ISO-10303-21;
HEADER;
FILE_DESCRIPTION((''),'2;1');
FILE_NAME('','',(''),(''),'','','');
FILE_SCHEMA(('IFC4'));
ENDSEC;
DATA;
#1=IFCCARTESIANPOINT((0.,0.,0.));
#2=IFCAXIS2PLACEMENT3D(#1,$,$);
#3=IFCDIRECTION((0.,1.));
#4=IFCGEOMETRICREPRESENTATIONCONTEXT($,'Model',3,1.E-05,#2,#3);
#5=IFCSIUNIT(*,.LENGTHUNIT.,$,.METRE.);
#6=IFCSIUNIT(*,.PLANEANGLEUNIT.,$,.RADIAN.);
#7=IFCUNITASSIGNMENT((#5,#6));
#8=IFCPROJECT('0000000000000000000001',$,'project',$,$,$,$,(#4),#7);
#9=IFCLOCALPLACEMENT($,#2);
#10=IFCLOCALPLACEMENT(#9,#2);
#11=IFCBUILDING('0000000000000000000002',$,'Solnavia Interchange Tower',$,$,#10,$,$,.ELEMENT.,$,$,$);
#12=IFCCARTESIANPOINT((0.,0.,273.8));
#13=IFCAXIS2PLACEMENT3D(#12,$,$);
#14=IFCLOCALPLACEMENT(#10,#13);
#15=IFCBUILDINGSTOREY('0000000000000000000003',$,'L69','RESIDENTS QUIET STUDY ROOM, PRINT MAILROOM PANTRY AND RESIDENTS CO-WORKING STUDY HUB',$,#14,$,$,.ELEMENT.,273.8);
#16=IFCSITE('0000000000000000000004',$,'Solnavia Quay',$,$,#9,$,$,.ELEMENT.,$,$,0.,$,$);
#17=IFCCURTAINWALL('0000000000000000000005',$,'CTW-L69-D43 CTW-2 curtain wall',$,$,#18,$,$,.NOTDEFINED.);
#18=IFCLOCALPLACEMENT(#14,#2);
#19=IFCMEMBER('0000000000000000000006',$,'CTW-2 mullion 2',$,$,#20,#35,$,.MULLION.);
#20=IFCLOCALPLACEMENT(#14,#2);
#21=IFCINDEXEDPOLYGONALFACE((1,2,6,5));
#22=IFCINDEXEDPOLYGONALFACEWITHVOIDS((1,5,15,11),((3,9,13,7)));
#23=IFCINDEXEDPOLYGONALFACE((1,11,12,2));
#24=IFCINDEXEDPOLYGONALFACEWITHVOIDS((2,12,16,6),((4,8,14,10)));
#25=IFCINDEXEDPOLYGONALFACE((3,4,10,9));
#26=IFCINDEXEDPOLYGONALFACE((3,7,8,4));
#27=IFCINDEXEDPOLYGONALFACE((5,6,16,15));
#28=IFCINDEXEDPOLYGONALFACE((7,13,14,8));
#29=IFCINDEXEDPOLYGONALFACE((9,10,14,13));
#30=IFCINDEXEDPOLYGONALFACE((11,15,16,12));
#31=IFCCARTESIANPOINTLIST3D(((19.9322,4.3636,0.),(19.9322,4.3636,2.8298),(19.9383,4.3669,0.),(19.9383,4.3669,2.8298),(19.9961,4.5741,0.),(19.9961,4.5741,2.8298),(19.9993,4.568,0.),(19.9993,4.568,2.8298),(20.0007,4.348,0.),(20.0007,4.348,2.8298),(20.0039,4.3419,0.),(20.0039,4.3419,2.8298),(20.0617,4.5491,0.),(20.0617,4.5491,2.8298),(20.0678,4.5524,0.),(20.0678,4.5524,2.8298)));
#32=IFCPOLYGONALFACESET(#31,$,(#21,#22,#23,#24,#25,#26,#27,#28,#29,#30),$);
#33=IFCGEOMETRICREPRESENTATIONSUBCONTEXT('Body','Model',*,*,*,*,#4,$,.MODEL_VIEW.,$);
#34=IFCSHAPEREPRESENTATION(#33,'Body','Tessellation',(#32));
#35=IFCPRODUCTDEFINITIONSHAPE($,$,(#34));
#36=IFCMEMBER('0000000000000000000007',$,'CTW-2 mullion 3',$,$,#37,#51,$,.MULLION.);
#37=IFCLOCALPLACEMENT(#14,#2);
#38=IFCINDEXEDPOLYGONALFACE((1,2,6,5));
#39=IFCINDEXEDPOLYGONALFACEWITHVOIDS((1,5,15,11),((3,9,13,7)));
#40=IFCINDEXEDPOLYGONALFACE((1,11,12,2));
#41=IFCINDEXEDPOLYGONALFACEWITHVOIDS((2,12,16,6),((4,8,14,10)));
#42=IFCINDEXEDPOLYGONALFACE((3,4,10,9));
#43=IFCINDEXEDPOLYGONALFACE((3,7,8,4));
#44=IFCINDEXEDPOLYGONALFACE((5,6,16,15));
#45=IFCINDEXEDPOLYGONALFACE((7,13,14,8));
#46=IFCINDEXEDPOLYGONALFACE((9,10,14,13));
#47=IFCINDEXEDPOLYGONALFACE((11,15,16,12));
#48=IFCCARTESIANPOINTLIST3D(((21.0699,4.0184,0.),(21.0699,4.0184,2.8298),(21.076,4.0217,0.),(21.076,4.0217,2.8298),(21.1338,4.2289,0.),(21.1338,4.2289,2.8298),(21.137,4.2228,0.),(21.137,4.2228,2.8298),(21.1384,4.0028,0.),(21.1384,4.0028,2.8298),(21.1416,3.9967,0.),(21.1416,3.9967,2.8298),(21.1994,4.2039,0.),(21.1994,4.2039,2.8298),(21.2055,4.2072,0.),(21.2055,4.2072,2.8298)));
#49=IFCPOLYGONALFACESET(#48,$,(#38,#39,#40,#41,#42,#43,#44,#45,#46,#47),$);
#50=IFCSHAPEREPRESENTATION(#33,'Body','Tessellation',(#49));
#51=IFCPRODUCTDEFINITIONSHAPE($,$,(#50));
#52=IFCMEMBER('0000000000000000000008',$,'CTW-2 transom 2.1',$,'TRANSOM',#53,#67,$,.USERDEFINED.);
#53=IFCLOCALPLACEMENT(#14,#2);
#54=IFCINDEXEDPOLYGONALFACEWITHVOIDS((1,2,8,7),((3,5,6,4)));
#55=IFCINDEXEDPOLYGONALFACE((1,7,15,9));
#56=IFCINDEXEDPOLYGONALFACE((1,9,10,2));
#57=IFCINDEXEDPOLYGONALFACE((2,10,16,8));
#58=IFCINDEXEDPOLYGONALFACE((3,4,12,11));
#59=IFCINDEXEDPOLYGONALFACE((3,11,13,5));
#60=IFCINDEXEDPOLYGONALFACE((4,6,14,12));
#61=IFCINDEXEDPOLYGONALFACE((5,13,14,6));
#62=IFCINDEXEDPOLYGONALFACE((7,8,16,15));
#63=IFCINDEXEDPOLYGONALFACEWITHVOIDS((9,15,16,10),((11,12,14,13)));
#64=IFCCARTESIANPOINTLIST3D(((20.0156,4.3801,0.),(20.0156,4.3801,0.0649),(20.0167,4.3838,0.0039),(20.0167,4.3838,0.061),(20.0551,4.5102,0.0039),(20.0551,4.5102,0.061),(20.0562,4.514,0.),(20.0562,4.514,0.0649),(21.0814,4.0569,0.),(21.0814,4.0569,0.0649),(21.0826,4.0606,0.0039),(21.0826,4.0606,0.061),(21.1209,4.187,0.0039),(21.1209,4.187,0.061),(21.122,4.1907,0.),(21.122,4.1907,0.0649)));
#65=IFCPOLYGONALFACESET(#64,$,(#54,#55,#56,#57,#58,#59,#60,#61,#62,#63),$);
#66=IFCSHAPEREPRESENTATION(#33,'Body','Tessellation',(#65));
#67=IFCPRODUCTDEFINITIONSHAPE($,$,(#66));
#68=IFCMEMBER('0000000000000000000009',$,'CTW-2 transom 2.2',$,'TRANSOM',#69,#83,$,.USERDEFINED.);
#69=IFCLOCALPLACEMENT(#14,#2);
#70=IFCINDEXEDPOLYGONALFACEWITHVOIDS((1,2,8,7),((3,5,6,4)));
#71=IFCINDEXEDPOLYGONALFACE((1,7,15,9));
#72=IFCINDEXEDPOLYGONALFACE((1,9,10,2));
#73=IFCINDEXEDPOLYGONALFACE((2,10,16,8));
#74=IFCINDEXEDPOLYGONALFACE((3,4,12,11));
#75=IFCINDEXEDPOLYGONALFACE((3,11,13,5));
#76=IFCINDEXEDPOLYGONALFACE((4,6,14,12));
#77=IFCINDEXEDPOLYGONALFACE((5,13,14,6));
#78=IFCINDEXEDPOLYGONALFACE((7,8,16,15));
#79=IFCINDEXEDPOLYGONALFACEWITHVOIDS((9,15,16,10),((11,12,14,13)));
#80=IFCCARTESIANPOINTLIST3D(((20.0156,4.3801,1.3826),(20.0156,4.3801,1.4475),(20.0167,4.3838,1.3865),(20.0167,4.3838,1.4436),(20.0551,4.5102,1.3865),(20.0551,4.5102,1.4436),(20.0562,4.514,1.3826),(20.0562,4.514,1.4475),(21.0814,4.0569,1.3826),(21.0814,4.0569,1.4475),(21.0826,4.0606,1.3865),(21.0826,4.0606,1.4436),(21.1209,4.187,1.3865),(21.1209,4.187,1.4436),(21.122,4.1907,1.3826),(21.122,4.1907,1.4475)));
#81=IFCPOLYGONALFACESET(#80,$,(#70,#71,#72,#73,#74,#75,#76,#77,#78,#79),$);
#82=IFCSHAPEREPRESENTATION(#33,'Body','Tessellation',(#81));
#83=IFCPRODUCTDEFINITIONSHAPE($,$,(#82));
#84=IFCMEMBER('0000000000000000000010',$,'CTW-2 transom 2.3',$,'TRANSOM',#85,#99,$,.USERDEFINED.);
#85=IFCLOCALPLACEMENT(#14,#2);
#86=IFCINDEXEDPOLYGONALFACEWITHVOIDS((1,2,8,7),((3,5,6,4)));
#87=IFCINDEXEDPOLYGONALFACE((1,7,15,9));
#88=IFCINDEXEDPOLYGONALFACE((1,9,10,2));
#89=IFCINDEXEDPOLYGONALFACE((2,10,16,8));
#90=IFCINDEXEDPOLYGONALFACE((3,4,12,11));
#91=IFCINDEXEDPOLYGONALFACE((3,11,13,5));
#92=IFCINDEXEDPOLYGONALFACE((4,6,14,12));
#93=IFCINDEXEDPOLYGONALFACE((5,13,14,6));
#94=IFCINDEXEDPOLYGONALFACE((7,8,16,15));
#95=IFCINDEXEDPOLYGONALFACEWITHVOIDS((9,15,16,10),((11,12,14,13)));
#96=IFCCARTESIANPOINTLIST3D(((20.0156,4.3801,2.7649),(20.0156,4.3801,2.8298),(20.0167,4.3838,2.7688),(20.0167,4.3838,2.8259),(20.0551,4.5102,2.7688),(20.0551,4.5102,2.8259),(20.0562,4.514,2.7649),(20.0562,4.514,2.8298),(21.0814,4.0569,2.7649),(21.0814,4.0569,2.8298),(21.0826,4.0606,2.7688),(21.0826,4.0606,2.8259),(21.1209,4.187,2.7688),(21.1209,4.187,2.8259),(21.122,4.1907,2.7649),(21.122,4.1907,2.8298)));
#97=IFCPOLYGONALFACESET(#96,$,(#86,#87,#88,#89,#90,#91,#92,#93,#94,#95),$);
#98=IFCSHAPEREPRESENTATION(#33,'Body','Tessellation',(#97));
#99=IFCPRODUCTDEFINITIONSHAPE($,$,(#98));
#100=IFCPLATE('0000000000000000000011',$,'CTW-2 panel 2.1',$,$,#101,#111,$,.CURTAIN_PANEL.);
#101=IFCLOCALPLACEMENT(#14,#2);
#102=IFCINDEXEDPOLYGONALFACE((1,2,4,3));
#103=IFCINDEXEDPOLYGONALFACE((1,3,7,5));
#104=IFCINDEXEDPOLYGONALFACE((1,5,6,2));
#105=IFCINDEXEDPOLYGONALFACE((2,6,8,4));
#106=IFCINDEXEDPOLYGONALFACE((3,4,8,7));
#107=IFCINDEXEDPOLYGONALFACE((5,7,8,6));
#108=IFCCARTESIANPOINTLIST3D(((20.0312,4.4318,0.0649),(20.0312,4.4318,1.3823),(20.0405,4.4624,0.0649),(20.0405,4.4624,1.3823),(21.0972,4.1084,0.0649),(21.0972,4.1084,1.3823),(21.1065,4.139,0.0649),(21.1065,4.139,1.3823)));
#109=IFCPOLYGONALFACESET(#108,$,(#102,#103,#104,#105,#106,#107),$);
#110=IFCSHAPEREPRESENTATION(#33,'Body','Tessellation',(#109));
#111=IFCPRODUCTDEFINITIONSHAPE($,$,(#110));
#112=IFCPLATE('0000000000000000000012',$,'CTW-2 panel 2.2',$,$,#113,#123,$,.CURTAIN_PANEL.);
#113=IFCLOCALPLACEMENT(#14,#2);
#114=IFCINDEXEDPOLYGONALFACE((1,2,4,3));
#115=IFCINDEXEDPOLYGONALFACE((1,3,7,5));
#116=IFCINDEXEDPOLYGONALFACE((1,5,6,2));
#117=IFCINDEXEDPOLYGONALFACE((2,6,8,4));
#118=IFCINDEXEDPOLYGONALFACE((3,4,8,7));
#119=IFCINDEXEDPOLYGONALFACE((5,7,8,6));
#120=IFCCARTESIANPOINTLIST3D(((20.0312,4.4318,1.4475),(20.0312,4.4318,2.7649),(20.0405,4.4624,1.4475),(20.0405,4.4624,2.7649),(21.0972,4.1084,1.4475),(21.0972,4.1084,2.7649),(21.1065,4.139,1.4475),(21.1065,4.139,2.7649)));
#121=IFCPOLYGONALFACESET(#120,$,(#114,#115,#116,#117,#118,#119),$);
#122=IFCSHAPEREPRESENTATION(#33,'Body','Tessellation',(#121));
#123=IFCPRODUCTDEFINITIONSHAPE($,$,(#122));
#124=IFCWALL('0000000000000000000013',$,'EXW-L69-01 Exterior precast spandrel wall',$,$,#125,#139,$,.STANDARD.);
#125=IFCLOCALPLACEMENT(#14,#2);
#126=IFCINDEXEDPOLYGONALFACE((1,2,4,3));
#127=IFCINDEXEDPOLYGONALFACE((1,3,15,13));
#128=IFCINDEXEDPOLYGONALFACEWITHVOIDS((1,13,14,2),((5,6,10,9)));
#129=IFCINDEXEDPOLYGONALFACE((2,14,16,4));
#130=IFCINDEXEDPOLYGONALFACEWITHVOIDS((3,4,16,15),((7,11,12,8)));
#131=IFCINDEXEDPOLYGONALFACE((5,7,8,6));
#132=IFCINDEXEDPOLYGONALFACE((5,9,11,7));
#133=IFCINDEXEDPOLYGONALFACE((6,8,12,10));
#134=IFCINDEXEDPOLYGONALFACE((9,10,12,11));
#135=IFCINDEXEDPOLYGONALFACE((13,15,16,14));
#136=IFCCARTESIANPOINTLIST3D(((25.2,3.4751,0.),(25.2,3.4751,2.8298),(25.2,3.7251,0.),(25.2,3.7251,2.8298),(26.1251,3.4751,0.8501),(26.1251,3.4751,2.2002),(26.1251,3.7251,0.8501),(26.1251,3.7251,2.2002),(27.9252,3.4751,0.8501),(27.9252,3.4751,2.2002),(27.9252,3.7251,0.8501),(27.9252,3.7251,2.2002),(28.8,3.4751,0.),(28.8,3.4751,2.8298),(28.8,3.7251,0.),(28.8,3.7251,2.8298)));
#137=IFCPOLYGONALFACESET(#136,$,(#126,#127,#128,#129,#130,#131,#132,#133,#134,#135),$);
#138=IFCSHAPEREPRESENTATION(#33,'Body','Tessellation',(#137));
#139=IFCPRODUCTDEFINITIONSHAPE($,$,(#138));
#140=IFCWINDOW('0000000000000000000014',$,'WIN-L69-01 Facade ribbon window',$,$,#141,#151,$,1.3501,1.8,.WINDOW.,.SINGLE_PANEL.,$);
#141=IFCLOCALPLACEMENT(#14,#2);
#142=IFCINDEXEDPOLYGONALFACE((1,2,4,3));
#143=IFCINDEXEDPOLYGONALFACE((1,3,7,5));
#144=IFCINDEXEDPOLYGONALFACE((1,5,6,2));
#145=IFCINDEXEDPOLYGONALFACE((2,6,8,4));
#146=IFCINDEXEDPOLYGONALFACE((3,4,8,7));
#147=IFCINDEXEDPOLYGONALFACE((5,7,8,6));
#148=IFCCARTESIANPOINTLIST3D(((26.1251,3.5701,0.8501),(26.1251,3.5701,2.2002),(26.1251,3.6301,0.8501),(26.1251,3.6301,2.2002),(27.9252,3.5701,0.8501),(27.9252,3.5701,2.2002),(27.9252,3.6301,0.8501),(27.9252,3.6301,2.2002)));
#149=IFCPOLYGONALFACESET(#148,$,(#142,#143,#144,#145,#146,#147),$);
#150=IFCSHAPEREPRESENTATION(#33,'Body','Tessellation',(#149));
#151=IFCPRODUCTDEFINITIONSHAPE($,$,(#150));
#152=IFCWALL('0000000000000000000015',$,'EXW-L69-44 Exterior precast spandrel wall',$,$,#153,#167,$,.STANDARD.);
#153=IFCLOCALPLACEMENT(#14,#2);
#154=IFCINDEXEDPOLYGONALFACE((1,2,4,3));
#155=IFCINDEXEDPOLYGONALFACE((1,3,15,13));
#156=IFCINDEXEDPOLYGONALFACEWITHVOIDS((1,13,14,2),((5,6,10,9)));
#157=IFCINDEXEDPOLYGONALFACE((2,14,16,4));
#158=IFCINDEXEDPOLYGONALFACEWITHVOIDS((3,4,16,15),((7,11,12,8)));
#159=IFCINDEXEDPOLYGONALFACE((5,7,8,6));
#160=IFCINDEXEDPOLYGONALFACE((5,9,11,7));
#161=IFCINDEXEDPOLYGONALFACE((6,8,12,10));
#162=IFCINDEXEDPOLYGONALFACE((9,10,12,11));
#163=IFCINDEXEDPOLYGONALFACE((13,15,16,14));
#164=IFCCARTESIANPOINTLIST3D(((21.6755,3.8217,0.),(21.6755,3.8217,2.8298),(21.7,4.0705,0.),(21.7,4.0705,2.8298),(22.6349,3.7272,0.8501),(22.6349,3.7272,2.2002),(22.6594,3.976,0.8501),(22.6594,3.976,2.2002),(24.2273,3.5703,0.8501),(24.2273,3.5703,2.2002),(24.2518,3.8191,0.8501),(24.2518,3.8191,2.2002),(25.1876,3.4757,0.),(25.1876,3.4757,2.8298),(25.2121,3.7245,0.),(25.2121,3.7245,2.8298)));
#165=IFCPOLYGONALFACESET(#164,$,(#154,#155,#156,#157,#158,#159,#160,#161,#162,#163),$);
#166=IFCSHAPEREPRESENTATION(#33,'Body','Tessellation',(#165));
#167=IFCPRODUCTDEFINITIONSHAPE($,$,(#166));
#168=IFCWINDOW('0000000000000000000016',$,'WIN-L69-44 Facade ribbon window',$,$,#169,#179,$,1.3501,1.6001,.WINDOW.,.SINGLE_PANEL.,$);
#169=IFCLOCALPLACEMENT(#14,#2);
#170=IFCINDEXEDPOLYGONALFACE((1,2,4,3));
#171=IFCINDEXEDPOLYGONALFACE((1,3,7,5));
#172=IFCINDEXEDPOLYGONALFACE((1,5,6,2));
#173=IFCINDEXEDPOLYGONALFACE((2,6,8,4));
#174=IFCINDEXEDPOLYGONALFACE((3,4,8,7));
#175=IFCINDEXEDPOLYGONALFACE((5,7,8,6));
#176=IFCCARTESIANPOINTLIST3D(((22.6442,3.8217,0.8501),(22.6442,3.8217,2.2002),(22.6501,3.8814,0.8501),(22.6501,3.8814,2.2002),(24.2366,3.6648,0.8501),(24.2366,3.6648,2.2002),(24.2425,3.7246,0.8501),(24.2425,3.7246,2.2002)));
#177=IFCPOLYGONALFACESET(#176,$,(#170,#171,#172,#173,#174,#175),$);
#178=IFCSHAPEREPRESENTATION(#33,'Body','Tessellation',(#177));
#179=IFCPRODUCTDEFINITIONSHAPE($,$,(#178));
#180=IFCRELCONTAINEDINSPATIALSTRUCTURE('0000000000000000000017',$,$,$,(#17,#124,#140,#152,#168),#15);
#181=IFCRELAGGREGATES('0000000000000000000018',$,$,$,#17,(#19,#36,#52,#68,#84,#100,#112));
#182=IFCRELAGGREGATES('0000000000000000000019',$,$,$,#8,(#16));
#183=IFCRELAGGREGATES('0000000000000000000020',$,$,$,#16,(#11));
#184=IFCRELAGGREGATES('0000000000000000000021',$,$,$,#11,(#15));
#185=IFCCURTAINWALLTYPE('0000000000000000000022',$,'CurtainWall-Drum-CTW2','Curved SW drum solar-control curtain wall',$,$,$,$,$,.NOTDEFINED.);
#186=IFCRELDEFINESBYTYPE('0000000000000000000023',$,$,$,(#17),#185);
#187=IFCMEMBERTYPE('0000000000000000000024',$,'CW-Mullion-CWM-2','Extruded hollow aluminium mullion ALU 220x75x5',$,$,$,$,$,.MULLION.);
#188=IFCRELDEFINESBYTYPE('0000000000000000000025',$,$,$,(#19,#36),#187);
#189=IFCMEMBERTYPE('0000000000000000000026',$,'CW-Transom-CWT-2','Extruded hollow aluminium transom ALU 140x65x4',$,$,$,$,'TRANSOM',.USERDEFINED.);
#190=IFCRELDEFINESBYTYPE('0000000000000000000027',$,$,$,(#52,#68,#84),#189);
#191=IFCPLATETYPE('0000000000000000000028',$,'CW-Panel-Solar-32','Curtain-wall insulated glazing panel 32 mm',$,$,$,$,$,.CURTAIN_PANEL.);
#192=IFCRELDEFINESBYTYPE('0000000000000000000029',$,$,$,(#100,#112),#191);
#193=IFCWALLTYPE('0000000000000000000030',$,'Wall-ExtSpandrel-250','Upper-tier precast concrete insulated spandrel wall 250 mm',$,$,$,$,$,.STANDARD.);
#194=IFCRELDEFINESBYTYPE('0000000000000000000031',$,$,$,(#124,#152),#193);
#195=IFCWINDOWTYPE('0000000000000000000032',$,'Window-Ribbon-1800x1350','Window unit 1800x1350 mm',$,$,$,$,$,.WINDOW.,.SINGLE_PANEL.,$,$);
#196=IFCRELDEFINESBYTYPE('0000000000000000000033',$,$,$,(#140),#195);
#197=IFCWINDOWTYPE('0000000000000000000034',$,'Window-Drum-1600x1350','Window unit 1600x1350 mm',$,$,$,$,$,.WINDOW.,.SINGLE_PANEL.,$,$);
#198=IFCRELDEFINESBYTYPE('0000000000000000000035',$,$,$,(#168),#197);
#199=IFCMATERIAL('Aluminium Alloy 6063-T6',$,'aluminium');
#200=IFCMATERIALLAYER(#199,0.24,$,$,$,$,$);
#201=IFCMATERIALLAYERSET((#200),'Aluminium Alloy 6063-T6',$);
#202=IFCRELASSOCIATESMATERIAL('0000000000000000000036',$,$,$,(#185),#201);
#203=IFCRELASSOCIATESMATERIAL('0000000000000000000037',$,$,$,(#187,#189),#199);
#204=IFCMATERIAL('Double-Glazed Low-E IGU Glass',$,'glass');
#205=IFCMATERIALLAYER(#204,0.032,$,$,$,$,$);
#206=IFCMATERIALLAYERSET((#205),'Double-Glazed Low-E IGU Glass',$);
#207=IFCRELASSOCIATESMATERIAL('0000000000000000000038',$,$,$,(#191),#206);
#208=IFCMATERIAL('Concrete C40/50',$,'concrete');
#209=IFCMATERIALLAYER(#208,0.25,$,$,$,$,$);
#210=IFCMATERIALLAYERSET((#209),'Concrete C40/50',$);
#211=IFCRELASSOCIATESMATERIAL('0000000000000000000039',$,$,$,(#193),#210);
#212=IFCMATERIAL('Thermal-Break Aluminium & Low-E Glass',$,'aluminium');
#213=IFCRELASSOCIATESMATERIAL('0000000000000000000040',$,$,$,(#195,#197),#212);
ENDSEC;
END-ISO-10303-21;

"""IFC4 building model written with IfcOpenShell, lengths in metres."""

from ifc_helpers import new_model, si_unit, direction, frame, frame_2d, origin, origin_2d, place, context, subcontext, project, spatial, rectangle, hollow_rectangle, extrude, material, layer, layer_set, material_profile, profile_set, type_object, element, fill, aggregate, save


model = new_model("IFC4")

# Units and contexts
model_context = context("Model", 3, precision=1e-05, world=origin(), true_north=direction((0.0, 1.0)))
body_context = subcontext(model_context, "Body", "Model", "MODEL_VIEW")
ifc_project = project(units=[si_unit("LENGTHUNIT", "METRE"), si_unit("PLANEANGLEUNIT", "RADIAN")], contexts=[model_context])

# Site, building, storey
site_placement = place(None, origin())
site = spatial("IfcSite", under=ifc_project, at=site_placement, Name="Solnavia Quay", CompositionType="ELEMENT", RefElevation=0.0)
building_placement = place(site_placement, origin())
building = spatial("IfcBuilding", under=site, at=building_placement, Name="Solnavia Interchange Tower", CompositionType="ELEMENT")
storey_placement = place(building_placement, frame((0.0, 0.0, 273.8)))
storey = spatial("IfcBuildingStorey", under=building, at=storey_placement, Name="L69", Description="RESIDENTS QUIET STUDY ROOM, PRINT MAILROOM PANTRY AND RESIDENTS CO-WORKING STUDY HUB", CompositionType="ELEMENT", Elevation=273.8)

# Curtain wall, members, plates
ifc_material_1 = material(Name="Aluminium Alloy 6063-T6", Category="aluminium")
ifc_layer_1 = layer(ifc_material_1, 0.24)
ifc_layer_set_1 = layer_set([ifc_layer_1], Name="Aluminium Alloy 6063-T6")
curtain_wall_type = type_object("IfcCurtainWallType", Name="CurtainWall-Drum-CTW2", Description="Curved SW drum solar-control curtain wall", PredefinedType="NOTDEFINED", material=ifc_layer_set_1)
curtain_wall_placement = place(storey_placement, origin())
curtain_wall = element("IfcCurtainWall", 1, at=curtain_wall_placement, inside=storey, type_object=curtain_wall_type, Name="CTW-L69-D43 CTW-2 curtain wall", PredefinedType="NOTDEFINED")
ifc_material_profile_1 = material_profile(ifc_material_1, hollow_rectangle(XDim=0.075, YDim=0.22, WallThickness=0.0049, at=origin_2d()), Name="ALU 220x75x5")
ifc_profile_set_1 = profile_set([ifc_material_profile_1], Name="Aluminium Alloy 6063-T6")
member_type_1 = type_object("IfcMemberType", Name="CW-Mullion-CWM-2", Description="Extruded hollow aluminium mullion ALU 220x75x5", PredefinedType="MULLION", material=ifc_profile_set_1)
member_1_placement = place(storey_placement, frame((20.0, 4.458, 0.0), z_axis=(0.0, 0.0, 1.0), x_axis=(0.956942, -0.290279, 0.0)))
member_1 = element("IfcMember", 2, at=member_1_placement, type_object=member_type_1, Name="CTW-2 mullion 2", PredefinedType="MULLION", context=body_context, shape_type="SweptSolid", body=[
    extrude(hollow_rectangle(XDim=0.075, YDim=0.22, WallThickness=0.0049, at=origin_2d()), origin(), (0.0, 0.0, 1.0), 2.8298),
])
member_2_placement = place(storey_placement, frame((21.1377, 4.1128, 0.0), z_axis=(0.0, 0.0, 1.0), x_axis=(0.956942, -0.290279, 0.0)))
member_2 = element("IfcMember", 3, at=member_2_placement, type_object=member_type_1, Name="CTW-2 mullion 3", PredefinedType="MULLION", context=body_context, shape_type="SweptSolid", body=[
    extrude(hollow_rectangle(XDim=0.075, YDim=0.22, WallThickness=0.0049, at=origin_2d()), origin(), (0.0, 0.0, 1.0), 2.8298),
])
ifc_material_profile_2 = material_profile(ifc_material_1, hollow_rectangle(XDim=0.0649, YDim=0.1399, WallThickness=0.0039, at=origin_2d()), Name="ALU 140x65x4")
ifc_profile_set_2 = profile_set([ifc_material_profile_2], Name="Aluminium Alloy 6063-T6")
member_type_2 = type_object("IfcMemberType", Name="CW-Transom-CWT-2", Description="Extruded hollow aluminium transom ALU 140x65x4", ElementType="TRANSOM", PredefinedType="USERDEFINED", material=ifc_profile_set_2)
member_3_placement = place(storey_placement, frame((20.0359, 4.447, 0.0325), z_axis=(0.956965, -0.290202, 0.0), x_axis=(0.0, 0.0, 1.0)))
member_3 = element("IfcMember", 4, at=member_3_placement, type_object=member_type_2, Name="CTW-2 transom 2.1", ObjectType="TRANSOM", PredefinedType="USERDEFINED", context=body_context, shape_type="SweptSolid", body=[
    extrude(hollow_rectangle(XDim=0.0649, YDim=0.1399, WallThickness=0.0039, at=origin_2d()), origin(), (0.0, 0.0, 1.0), 1.1138),
])
member_4_placement = place(storey_placement, frame((20.0359, 4.447, 1.415), z_axis=(0.956965, -0.290202, 0.0), x_axis=(0.0, 0.0, 1.0)))
member_4 = element("IfcMember", 5, at=member_4_placement, type_object=member_type_2, Name="CTW-2 transom 2.2", ObjectType="TRANSOM", PredefinedType="USERDEFINED", context=body_context, shape_type="SweptSolid", body=[
    extrude(hollow_rectangle(XDim=0.0649, YDim=0.1399, WallThickness=0.0039, at=origin_2d()), origin(), (0.0, 0.0, 1.0), 1.1138),
])
member_5_placement = place(storey_placement, frame((20.0359, 4.447, 2.7974), z_axis=(0.956965, -0.290202, 0.0), x_axis=(0.0, 0.0, 1.0)))
member_5 = element("IfcMember", 6, at=member_5_placement, type_object=member_type_2, Name="CTW-2 transom 2.3", ObjectType="TRANSOM", PredefinedType="USERDEFINED", context=body_context, shape_type="SweptSolid", body=[
    extrude(hollow_rectangle(XDim=0.0649, YDim=0.1399, WallThickness=0.0039, at=origin_2d()), origin(), (0.0, 0.0, 1.0), 1.1138),
])
ifc_material_2 = material(Name="Double-Glazed Low-E IGU Glass", Category="glass")
ifc_layer_2 = layer(ifc_material_2, 0.032)
ifc_layer_set_2 = layer_set([ifc_layer_2], Name="Double-Glazed Low-E IGU Glass")
plate_type = type_object("IfcPlateType", Name="CW-Panel-Solar-32", Description="Curtain-wall insulated glazing panel 32 mm", PredefinedType="CURTAIN_PANEL", material=ifc_layer_set_2)
plate_1_placement = place(storey_placement, frame((20.5688, 4.2854, 0.0649), z_axis=(0.0, 0.0, 1.0), x_axis=(0.956942, -0.290279, 0.0)))
plate_1 = element("IfcPlate", 7, at=plate_1_placement, type_object=plate_type, Name="CTW-2 panel 2.1", PredefinedType="CURTAIN_PANEL", context=body_context, shape_type="SweptSolid", body=[
    extrude(rectangle(XDim=1.114, YDim=0.032, at=origin_2d()), origin(), (0.0, 0.0, 1.0), 1.3174),
])
plate_2_placement = place(storey_placement, frame((20.5688, 4.2854, 1.4475), z_axis=(0.0, 0.0, 1.0), x_axis=(0.956942, -0.290279, 0.0)))
plate_2 = element("IfcPlate", 8, at=plate_2_placement, type_object=plate_type, Name="CTW-2 panel 2.2", PredefinedType="CURTAIN_PANEL", context=body_context, shape_type="SweptSolid", body=[
    extrude(rectangle(XDim=1.114, YDim=0.032, at=origin_2d()), origin(), (0.0, 0.0, 1.0), 1.3174),
])
aggregate(curtain_wall, [member_1, member_2, member_3, member_4, member_5, plate_1, plate_2])

# Walls, openings, windows
ifc_material_3 = material(Name="Concrete C40/50", Category="concrete")
ifc_layer_3 = layer(ifc_material_3, 0.25)
ifc_layer_set_3 = layer_set([ifc_layer_3], Name="Concrete C40/50")
wall_type = type_object("IfcWallType", Name="Wall-ExtSpandrel-250", Description="Upper-tier precast concrete insulated spandrel wall 250 mm", PredefinedType="STANDARD", material=ifc_layer_set_3)
wall_1_placement = place(storey_placement, frame((28.8, 3.6001, 0.0), z_axis=(0.0, 0.0, 1.0), x_axis=(-1.0, 0.0, 0.0)))
wall_1 = element("IfcWall", 9, at=wall_1_placement, inside=storey, type_object=wall_type, Name="EXW-L69-01 Exterior precast spandrel wall", PredefinedType="STANDARD", context=body_context, shape_type="SweptSolid", body=[
    extrude(rectangle(XDim=3.6001, YDim=0.25, at=frame_2d((1.8, 0.0))), origin(), (0.0, 0.0, 1.0), 2.8298),
])
opening_1_placement = place(wall_1_placement, frame((0.875, 0.0, 0.8501)))
opening_1 = element("IfcOpeningElement", 10, at=opening_1_placement, cuts=wall_1, PredefinedType="OPENING", context=body_context, shape_type="SweptSolid", body=[
    extrude(rectangle(XDim=1.8, YDim=1.3501, at=frame_2d((0.8999, 0.675))), frame((0.0, 0.135, 0.0), z_axis=(0.0, -1.0, 0.0), x_axis=(1.0, 0.0, 0.0)), (0.0, 0.0, 1.0), 0.27),
])
ifc_material_4 = material(Name="Thermal-Break Aluminium & Low-E Glass", Category="aluminium")
window_type_1 = type_object("IfcWindowType", Name="Window-Ribbon-1800x1350", Description="Window unit 1800x1350 mm", PartitioningType="SINGLE_PANEL", PredefinedType="WINDOW", material=ifc_material_4)
window_1_placement = place(opening_1_placement, origin())
window_1 = element("IfcWindow", 11, at=window_1_placement, inside=storey, type_object=window_type_1, Name="WIN-L69-01 Facade ribbon window", OverallHeight=1.3501, OverallWidth=1.8, PartitioningType="SINGLE_PANEL", PredefinedType="WINDOW", context=body_context, shape_type="SweptSolid", body=[
    extrude(rectangle(XDim=1.8, YDim=1.3501, at=frame_2d((0.8999, 0.675))), frame((0.0, 0.03, 0.0), z_axis=(0.0, -1.0, 0.0), x_axis=(1.0, 0.0, 0.0)), (0.0, 0.0, 1.0), 0.0601),
])
fill(opening_1, window_1)
wall_2_placement = place(storey_placement, frame((25.2, 3.6001, 0.0), z_axis=(0.0, 0.0, 1.0), x_axis=(-0.995183, 0.098031, 0.0)))
wall_2 = element("IfcWall", 12, at=wall_2_placement, inside=storey, type_object=wall_type, Name="EXW-L69-44 Exterior precast spandrel wall", PredefinedType="STANDARD", context=body_context, shape_type="SweptSolid", body=[
    extrude(rectangle(XDim=3.5291, YDim=0.25, at=frame_2d((1.7646, 0.0))), origin(), (0.0, 0.0, 1.0), 2.8298),
])
opening_2_placement = place(wall_2_placement, frame((0.9651, 0.0, 0.8501)))
opening_2 = element("IfcOpeningElement", 13, at=opening_2_placement, cuts=wall_2, PredefinedType="OPENING", context=body_context, shape_type="SweptSolid", body=[
    extrude(rectangle(XDim=1.6001, YDim=1.3501, at=frame_2d((0.8, 0.675))), frame((0.0, 0.135, 0.0), z_axis=(0.0, -1.0, 0.0), x_axis=(1.0, 0.0, 0.0)), (0.0, 0.0, 1.0), 0.27),
])
window_type_2 = type_object("IfcWindowType", Name="Window-Drum-1600x1350", Description="Window unit 1600x1350 mm", PartitioningType="SINGLE_PANEL", PredefinedType="WINDOW", material=ifc_material_4)
window_2_placement = place(opening_2_placement, origin())
window_2 = element("IfcWindow", 14, at=window_2_placement, inside=storey, type_object=window_type_2, Name="WIN-L69-44 Facade ribbon window", OverallHeight=1.3501, OverallWidth=1.6001, PartitioningType="SINGLE_PANEL", PredefinedType="WINDOW", context=body_context, shape_type="SweptSolid", body=[
    extrude(rectangle(XDim=1.6001, YDim=1.3501, at=frame_2d((0.8, 0.675))), frame((0.0, 0.03, 0.0), z_axis=(0.0, -1.0, 0.0), x_axis=(1.0, 0.0, 0.0)), (0.0, 0.0, 1.0), 0.0601),
])
fill(opening_2, window_2)

save(model, "model.ifc")
